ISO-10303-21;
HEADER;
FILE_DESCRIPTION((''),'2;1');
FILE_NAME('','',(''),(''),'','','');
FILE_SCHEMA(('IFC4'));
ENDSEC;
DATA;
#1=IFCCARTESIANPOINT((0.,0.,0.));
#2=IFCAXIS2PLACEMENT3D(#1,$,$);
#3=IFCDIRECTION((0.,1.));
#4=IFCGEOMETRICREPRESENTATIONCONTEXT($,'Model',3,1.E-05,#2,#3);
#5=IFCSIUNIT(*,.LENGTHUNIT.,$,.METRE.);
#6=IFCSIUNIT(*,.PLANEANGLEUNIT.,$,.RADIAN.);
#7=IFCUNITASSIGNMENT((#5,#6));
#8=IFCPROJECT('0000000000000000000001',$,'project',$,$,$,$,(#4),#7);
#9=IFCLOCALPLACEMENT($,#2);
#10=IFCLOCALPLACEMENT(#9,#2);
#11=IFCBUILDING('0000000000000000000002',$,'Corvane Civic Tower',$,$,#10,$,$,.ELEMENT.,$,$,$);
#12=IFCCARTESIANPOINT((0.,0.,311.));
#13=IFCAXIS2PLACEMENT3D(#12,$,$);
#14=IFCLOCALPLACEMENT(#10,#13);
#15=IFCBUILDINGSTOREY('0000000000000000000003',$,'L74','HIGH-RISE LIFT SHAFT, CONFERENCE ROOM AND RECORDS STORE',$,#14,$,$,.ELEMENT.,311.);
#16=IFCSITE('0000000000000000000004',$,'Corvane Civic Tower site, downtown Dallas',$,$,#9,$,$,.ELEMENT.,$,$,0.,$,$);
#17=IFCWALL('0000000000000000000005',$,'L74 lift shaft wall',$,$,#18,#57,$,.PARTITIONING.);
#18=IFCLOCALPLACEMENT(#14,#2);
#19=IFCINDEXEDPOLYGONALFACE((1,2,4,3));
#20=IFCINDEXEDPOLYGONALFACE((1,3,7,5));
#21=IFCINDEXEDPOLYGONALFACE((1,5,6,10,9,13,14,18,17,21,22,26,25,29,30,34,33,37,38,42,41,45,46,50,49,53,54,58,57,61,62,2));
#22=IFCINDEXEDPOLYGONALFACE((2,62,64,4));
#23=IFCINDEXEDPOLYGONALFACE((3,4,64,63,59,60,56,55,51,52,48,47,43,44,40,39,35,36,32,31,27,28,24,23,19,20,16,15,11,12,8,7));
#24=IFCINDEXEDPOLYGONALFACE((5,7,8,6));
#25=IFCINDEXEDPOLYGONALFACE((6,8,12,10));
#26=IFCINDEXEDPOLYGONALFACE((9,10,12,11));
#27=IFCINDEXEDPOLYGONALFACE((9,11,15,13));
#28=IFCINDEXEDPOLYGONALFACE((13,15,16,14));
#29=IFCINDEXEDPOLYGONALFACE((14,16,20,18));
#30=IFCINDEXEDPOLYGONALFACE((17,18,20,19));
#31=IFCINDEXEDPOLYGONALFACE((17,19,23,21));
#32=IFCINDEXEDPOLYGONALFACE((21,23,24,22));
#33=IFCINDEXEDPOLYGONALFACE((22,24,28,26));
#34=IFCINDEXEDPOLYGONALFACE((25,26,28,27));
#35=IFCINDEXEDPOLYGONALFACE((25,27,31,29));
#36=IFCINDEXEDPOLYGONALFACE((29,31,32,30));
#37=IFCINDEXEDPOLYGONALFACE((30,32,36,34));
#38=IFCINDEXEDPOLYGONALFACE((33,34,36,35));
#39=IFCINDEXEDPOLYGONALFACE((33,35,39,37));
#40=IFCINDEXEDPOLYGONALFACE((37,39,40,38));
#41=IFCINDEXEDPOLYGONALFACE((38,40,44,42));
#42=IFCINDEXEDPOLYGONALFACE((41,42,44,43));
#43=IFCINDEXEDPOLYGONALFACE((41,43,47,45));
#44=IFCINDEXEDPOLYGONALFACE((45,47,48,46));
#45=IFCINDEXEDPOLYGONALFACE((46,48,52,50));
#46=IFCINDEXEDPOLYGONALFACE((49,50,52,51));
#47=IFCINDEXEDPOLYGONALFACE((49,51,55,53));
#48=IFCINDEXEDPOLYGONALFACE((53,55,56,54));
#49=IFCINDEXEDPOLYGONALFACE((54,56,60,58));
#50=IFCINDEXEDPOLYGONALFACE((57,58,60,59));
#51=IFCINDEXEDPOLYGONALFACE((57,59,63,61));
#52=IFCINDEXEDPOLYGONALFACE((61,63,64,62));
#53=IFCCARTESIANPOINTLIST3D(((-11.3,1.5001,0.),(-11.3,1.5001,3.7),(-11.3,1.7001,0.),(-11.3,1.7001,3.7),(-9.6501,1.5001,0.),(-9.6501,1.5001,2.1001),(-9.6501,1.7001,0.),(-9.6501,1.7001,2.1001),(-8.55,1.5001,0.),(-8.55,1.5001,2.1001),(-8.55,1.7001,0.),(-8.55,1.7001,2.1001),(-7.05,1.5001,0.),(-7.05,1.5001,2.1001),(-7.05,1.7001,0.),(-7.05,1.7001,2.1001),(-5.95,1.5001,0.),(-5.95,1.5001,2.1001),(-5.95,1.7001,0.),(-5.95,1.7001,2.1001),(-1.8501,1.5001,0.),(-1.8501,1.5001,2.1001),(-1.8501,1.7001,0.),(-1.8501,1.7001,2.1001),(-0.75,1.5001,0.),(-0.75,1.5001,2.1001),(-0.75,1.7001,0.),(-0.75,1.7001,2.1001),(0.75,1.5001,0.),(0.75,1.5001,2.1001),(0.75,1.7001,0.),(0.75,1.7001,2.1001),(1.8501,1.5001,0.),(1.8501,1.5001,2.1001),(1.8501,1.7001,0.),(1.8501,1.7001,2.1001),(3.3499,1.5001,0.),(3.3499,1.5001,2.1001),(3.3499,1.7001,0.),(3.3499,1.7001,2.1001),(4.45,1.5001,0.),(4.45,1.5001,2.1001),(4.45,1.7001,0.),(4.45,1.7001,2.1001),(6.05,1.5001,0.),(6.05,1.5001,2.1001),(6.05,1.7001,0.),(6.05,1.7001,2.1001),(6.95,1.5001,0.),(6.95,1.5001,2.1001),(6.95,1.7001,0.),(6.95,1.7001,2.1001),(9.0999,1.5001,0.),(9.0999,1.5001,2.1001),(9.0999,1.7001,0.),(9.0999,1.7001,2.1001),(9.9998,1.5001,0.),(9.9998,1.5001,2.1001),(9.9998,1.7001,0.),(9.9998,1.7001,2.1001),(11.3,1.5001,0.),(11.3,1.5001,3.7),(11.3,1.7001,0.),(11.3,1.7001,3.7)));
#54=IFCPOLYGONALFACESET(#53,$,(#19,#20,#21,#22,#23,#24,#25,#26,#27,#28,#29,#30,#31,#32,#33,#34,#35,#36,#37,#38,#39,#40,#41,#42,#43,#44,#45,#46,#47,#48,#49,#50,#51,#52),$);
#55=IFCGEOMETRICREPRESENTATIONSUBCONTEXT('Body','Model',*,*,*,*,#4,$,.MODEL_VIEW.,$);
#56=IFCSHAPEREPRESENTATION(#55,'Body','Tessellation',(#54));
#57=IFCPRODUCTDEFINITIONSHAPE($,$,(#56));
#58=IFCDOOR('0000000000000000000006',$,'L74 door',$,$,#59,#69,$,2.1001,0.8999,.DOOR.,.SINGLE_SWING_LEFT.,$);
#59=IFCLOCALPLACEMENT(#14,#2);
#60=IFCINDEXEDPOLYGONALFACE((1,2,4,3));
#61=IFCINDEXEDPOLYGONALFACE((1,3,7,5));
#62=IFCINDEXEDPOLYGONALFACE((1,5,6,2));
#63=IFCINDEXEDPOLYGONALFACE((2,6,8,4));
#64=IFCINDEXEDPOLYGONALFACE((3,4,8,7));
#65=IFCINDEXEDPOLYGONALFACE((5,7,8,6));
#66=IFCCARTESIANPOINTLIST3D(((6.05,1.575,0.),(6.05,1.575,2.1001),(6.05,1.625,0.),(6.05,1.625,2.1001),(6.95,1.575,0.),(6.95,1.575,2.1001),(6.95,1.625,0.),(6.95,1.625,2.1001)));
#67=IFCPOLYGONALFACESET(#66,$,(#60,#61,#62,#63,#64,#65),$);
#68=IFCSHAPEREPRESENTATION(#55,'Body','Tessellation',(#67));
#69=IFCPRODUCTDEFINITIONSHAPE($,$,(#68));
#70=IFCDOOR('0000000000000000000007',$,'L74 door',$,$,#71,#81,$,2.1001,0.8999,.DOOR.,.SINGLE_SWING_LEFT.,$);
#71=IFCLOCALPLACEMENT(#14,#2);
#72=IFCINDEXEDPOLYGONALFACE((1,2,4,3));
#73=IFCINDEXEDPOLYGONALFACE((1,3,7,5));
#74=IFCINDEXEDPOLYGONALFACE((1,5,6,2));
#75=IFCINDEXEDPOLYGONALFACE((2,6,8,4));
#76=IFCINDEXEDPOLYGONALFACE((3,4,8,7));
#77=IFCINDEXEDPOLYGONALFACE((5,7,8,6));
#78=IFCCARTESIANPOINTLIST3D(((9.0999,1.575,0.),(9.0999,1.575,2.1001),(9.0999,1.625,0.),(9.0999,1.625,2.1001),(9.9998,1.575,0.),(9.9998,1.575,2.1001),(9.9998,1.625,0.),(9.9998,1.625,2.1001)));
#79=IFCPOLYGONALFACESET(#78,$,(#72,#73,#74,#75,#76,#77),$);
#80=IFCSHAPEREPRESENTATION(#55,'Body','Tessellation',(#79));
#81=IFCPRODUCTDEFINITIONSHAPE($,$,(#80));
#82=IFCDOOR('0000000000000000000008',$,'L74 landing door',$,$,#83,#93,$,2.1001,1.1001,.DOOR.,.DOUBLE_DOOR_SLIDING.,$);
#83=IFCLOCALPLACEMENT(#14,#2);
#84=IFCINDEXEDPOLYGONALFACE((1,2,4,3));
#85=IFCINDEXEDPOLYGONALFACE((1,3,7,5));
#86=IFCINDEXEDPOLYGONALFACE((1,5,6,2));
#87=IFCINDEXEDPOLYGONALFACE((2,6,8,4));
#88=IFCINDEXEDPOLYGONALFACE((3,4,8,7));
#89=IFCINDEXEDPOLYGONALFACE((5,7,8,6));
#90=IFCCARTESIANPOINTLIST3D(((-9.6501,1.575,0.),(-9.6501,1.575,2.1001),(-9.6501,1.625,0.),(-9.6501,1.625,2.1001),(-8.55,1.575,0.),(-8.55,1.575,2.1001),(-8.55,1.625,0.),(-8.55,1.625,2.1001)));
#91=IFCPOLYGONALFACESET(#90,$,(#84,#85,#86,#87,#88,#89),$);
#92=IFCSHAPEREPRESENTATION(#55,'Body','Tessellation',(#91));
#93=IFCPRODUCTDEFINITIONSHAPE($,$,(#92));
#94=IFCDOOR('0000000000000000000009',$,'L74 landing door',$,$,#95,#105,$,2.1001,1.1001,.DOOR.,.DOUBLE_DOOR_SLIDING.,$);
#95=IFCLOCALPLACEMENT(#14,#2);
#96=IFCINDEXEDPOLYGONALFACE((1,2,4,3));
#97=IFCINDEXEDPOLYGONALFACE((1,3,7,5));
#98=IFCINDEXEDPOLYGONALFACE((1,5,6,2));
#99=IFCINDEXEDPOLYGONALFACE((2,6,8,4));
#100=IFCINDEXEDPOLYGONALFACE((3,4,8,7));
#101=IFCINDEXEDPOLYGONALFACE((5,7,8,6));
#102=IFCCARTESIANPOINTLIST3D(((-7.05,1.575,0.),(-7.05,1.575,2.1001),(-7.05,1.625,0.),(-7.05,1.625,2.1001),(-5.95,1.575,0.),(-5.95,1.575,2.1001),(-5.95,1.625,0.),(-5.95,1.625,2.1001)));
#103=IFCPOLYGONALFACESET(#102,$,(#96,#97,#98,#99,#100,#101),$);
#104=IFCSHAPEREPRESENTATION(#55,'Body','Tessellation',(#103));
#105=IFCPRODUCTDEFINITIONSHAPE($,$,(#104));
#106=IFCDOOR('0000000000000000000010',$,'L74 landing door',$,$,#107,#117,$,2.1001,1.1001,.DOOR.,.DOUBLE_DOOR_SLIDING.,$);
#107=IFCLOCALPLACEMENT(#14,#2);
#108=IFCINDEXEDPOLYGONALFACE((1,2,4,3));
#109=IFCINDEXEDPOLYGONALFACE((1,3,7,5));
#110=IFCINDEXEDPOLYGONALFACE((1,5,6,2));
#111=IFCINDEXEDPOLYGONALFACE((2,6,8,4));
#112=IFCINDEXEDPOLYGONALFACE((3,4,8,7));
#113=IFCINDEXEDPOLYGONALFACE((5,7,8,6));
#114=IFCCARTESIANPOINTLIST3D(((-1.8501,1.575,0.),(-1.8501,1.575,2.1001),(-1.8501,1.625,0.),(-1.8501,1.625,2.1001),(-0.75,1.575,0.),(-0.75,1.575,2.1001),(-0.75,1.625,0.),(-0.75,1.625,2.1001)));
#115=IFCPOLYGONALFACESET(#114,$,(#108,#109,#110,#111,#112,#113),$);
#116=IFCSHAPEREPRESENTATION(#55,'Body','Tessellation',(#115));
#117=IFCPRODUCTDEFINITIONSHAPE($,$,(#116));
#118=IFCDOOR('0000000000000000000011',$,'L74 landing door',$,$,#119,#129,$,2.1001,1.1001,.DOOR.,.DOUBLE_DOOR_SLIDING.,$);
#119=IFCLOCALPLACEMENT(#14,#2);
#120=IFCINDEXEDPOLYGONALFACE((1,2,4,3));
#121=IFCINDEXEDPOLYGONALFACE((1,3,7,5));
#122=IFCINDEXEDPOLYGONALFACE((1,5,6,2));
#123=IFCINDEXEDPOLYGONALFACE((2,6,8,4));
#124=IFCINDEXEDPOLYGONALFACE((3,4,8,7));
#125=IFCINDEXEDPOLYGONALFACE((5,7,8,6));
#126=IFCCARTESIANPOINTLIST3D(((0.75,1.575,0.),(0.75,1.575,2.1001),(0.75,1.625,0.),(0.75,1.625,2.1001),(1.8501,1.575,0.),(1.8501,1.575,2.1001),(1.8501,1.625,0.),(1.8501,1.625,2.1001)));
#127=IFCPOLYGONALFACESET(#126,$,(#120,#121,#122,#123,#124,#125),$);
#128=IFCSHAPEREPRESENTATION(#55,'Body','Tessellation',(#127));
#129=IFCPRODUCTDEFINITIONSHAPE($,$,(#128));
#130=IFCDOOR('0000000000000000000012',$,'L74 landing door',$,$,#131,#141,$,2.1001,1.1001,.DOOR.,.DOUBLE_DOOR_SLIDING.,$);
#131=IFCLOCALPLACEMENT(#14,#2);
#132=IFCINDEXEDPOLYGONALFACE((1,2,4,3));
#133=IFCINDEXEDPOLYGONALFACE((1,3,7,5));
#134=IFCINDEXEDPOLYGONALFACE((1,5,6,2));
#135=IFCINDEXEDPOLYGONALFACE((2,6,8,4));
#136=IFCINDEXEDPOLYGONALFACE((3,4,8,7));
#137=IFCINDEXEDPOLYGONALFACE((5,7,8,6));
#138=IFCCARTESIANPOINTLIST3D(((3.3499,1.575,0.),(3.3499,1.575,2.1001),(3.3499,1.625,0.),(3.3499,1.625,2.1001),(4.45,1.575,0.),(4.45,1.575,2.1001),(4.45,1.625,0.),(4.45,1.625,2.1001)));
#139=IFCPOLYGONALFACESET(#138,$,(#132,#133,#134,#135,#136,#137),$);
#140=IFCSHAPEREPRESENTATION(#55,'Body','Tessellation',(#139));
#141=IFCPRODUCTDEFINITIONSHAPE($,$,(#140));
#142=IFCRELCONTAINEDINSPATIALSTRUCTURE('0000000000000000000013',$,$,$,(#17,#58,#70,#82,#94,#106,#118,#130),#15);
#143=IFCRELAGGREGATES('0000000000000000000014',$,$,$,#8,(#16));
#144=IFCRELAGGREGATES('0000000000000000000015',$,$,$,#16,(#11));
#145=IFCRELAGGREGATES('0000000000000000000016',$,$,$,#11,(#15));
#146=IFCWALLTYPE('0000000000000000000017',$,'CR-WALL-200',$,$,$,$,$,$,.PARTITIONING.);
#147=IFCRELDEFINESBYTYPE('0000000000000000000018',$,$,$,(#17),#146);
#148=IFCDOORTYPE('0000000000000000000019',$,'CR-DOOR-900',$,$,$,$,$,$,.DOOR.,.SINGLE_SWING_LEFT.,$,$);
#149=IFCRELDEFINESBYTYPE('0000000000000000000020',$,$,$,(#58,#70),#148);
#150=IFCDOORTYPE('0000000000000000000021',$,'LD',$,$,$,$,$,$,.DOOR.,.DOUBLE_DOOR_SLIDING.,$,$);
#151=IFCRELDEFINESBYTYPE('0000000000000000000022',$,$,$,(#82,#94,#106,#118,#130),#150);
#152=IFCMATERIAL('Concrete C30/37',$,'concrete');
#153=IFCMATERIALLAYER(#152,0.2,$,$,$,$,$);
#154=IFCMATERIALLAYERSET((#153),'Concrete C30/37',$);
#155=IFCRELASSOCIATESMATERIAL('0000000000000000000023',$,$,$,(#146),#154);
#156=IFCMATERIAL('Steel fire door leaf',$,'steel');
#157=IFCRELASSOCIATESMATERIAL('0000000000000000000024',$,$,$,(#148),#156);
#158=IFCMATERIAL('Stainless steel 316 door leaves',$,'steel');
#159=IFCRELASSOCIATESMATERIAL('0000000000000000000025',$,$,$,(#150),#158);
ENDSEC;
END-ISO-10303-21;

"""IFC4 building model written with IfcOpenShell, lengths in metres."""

from ifc_helpers import new_model, si_unit, direction, frame, frame_2d, origin, place, context, subcontext, project, spatial, rectangle, extrude, material, layer, layer_set, type_object, element, fill, save


model = new_model("IFC4")

# Units and contexts
model_context = context("Model", 3, precision=1e-05, world=origin(), true_north=direction((0.0, 1.0)))
body_context = subcontext(model_context, "Body", "Model", "MODEL_VIEW")
ifc_project = project(units=[si_unit("LENGTHUNIT", "METRE"), si_unit("PLANEANGLEUNIT", "RADIAN")], contexts=[model_context])

# Site, building, storey
site_placement = place(None, origin())
site = spatial("IfcSite", under=ifc_project, at=site_placement, Name="Corvane Civic Tower site, downtown Dallas", CompositionType="ELEMENT", RefElevation=0.0)
building_placement = place(site_placement, origin())
building = spatial("IfcBuilding", under=site, at=building_placement, Name="Corvane Civic Tower", CompositionType="ELEMENT")
storey_placement = place(building_placement, frame((0.0, 0.0, 311.0)))
storey = spatial("IfcBuildingStorey", under=building, at=storey_placement, Name="L74", Description="HIGH-RISE LIFT SHAFT, CONFERENCE ROOM AND RECORDS STORE", CompositionType="ELEMENT", Elevation=311.0)

# Wall, openings, doors
ifc_material_1 = material(Name="Concrete C30/37", Category="concrete")
ifc_layer_1 = layer(ifc_material_1, 0.2)
ifc_layer_set_1 = layer_set([ifc_layer_1], Name="Concrete C30/37")
wall_type_1 = type_object("IfcWallType", Name="CR-WALL-200", PredefinedType="PARTITIONING", material=ifc_layer_set_1)
wall_1_placement = place(storey_placement, frame((-11.3, 1.6001, 0.0), z_axis=(0.0, 0.0, 1.0), x_axis=(1.0, 0.0, 0.0)))
wall_1 = element("IfcWall", 1, at=wall_1_placement, inside=storey, type_object=wall_type_1, Name="L74 lift shaft wall", PredefinedType="PARTITIONING", context=body_context, shape_type="SweptSolid", body=[
    extrude(rectangle(XDim=22.6001, YDim=0.2, at=frame_2d((11.3, 0.0))), origin(), (0.0, 0.0, 1.0), 3.7),
])
opening_1_placement = place(wall_1_placement, frame((1.6499, 0.0, 0.0)))
opening_1 = element("IfcOpeningElement", 2, at=opening_1_placement, cuts=wall_1, PredefinedType="OPENING", context=body_context, shape_type="SweptSolid", body=[
    extrude(rectangle(XDim=1.1001, YDim=2.1001, at=frame_2d((0.55, 1.05))), frame((0.0, 0.1099, 0.0), z_axis=(0.0, -1.0, 0.0), x_axis=(1.0, 0.0, 0.0)), (0.0, 0.0, 1.0), 0.22),
])
opening_2_placement = place(wall_1_placement, frame((4.25, 0.0, 0.0)))
opening_2 = element("IfcOpeningElement", 3, at=opening_2_placement, cuts=wall_1, PredefinedType="OPENING", context=body_context, shape_type="SweptSolid", body=[
    extrude(rectangle(XDim=1.1001, YDim=2.1001, at=frame_2d((0.55, 1.05))), frame((0.0, 0.1099, 0.0), z_axis=(0.0, -1.0, 0.0), x_axis=(1.0, 0.0, 0.0)), (0.0, 0.0, 1.0), 0.22),
])
opening_3_placement = place(wall_1_placement, frame((9.45, 0.0, 0.0)))
opening_3 = element("IfcOpeningElement", 4, at=opening_3_placement, cuts=wall_1, PredefinedType="OPENING", context=body_context, shape_type="SweptSolid", body=[
    extrude(rectangle(XDim=1.1001, YDim=2.1001, at=frame_2d((0.55, 1.05))), frame((0.0, 0.1099, 0.0), z_axis=(0.0, -1.0, 0.0), x_axis=(1.0, 0.0, 0.0)), (0.0, 0.0, 1.0), 0.22),
])
opening_4_placement = place(wall_1_placement, frame((12.05, 0.0, 0.0)))
opening_4 = element("IfcOpeningElement", 5, at=opening_4_placement, cuts=wall_1, PredefinedType="OPENING", context=body_context, shape_type="SweptSolid", body=[
    extrude(rectangle(XDim=1.1001, YDim=2.1001, at=frame_2d((0.55, 1.05))), frame((0.0, 0.1099, 0.0), z_axis=(0.0, -1.0, 0.0), x_axis=(1.0, 0.0, 0.0)), (0.0, 0.0, 1.0), 0.22),
])
opening_5_placement = place(wall_1_placement, frame((14.6499, 0.0, 0.0)))
opening_5 = element("IfcOpeningElement", 6, at=opening_5_placement, cuts=wall_1, PredefinedType="OPENING", context=body_context, shape_type="SweptSolid", body=[
    extrude(rectangle(XDim=1.1001, YDim=2.1001, at=frame_2d((0.55, 1.05))), frame((0.0, 0.1099, 0.0), z_axis=(0.0, -1.0, 0.0), x_axis=(1.0, 0.0, 0.0)), (0.0, 0.0, 1.0), 0.22),
])
opening_6_placement = place(wall_1_placement, frame((17.3501, 0.0, 0.0)))
opening_6 = element("IfcOpeningElement", 7, at=opening_6_placement, cuts=wall_1, PredefinedType="OPENING", context=body_context, shape_type="SweptSolid", body=[
    extrude(rectangle(XDim=0.8999, YDim=2.1001, at=frame_2d((0.45, 1.05))), frame((0.0, 0.1099, 0.0), z_axis=(0.0, -1.0, 0.0), x_axis=(1.0, 0.0, 0.0)), (0.0, 0.0, 1.0), 0.22),
])
opening_7_placement = place(wall_1_placement, frame((20.3999, 0.0, 0.0)))
opening_7 = element("IfcOpeningElement", 8, at=opening_7_placement, cuts=wall_1, PredefinedType="OPENING", context=body_context, shape_type="SweptSolid", body=[
    extrude(rectangle(XDim=0.8999, YDim=2.1001, at=frame_2d((0.45, 1.05))), frame((0.0, 0.1099, 0.0), z_axis=(0.0, -1.0, 0.0), x_axis=(1.0, 0.0, 0.0)), (0.0, 0.0, 1.0), 0.22),
])
ifc_material_2 = material(Name="Steel fire door leaf", Category="steel")
door_type_1 = type_object("IfcDoorType", Name="CR-DOOR-900", OperationType="SINGLE_SWING_LEFT", PredefinedType="DOOR", material=ifc_material_2)
door_1_placement = place(opening_6_placement, origin())
door_1 = element("IfcDoor", 9, at=door_1_placement, inside=storey, type_object=door_type_1, Name="L74 door", OperationType="SINGLE_SWING_LEFT", OverallHeight=2.1001, OverallWidth=0.8999, PredefinedType="DOOR", context=body_context, shape_type="SweptSolid", body=[
    extrude(rectangle(XDim=0.8999, YDim=2.1001, at=frame_2d((0.45, 1.05))), frame((0.0, 0.0249, 0.0), z_axis=(0.0, -1.0, 0.0), x_axis=(1.0, 0.0, 0.0)), (0.0, 0.0, 1.0), 0.05),
])
fill(opening_6, door_1)
door_2_placement = place(opening_7_placement, origin())
door_2 = element("IfcDoor", 10, at=door_2_placement, inside=storey, type_object=door_type_1, Name="L74 door", OperationType="SINGLE_SWING_LEFT", OverallHeight=2.1001, OverallWidth=0.8999, PredefinedType="DOOR", context=body_context, shape_type="SweptSolid", body=[
    extrude(rectangle(XDim=0.8999, YDim=2.1001, at=frame_2d((0.45, 1.05))), frame((0.0, 0.0249, 0.0), z_axis=(0.0, -1.0, 0.0), x_axis=(1.0, 0.0, 0.0)), (0.0, 0.0, 1.0), 0.05),
])
fill(opening_7, door_2)
ifc_material_3 = material(Name="Stainless steel 316 door leaves", Category="steel")
door_type_2 = type_object("IfcDoorType", Name="LD", OperationType="DOUBLE_DOOR_SLIDING", PredefinedType="DOOR", material=ifc_material_3)
door_3_placement = place(opening_1_placement, origin())
door_3 = element("IfcDoor", 11, at=door_3_placement, inside=storey, type_object=door_type_2, Name="L74 landing door", OperationType="DOUBLE_DOOR_SLIDING", OverallHeight=2.1001, OverallWidth=1.1001, PredefinedType="DOOR", context=body_context, shape_type="SweptSolid", body=[
    extrude(rectangle(XDim=1.1001, YDim=2.1001, at=frame_2d((0.55, 1.05))), frame((0.0, 0.0249, 0.0), z_axis=(0.0, -1.0, 0.0), x_axis=(1.0, 0.0, 0.0)), (0.0, 0.0, 1.0), 0.05),
])
fill(opening_1, door_3)
door_4_placement = place(opening_2_placement, origin())
door_4 = element("IfcDoor", 12, at=door_4_placement, inside=storey, type_object=door_type_2, Name="L74 landing door", OperationType="DOUBLE_DOOR_SLIDING", OverallHeight=2.1001, OverallWidth=1.1001, PredefinedType="DOOR", context=body_context, shape_type="SweptSolid", body=[
    extrude(rectangle(XDim=1.1001, YDim=2.1001, at=frame_2d((0.55, 1.05))), frame((0.0, 0.0249, 0.0), z_axis=(0.0, -1.0, 0.0), x_axis=(1.0, 0.0, 0.0)), (0.0, 0.0, 1.0), 0.05),
])
fill(opening_2, door_4)
door_5_placement = place(opening_3_placement, origin())
door_5 = element("IfcDoor", 13, at=door_5_placement, inside=storey, type_object=door_type_2, Name="L74 landing door", OperationType="DOUBLE_DOOR_SLIDING", OverallHeight=2.1001, OverallWidth=1.1001, PredefinedType="DOOR", context=body_context, shape_type="SweptSolid", body=[
    extrude(rectangle(XDim=1.1001, YDim=2.1001, at=frame_2d((0.55, 1.05))), frame((0.0, 0.0249, 0.0), z_axis=(0.0, -1.0, 0.0), x_axis=(1.0, 0.0, 0.0)), (0.0, 0.0, 1.0), 0.05),
])
fill(opening_3, door_5)
door_6_placement = place(opening_4_placement, origin())
door_6 = element("IfcDoor", 14, at=door_6_placement, inside=storey, type_object=door_type_2, Name="L74 landing door", OperationType="DOUBLE_DOOR_SLIDING", OverallHeight=2.1001, OverallWidth=1.1001, PredefinedType="DOOR", context=body_context, shape_type="SweptSolid", body=[
    extrude(rectangle(XDim=1.1001, YDim=2.1001, at=frame_2d((0.55, 1.05))), frame((0.0, 0.0249, 0.0), z_axis=(0.0, -1.0, 0.0), x_axis=(1.0, 0.0, 0.0)), (0.0, 0.0, 1.0), 0.05),
])
fill(opening_4, door_6)
door_7_placement = place(opening_5_placement, origin())
door_7 = element("IfcDoor", 15, at=door_7_placement, inside=storey, type_object=door_type_2, Name="L74 landing door", OperationType="DOUBLE_DOOR_SLIDING", OverallHeight=2.1001, OverallWidth=1.1001, PredefinedType="DOOR", context=body_context, shape_type="SweptSolid", body=[
    extrude(rectangle(XDim=1.1001, YDim=2.1001, at=frame_2d((0.55, 1.05))), frame((0.0, 0.0249, 0.0), z_axis=(0.0, -1.0, 0.0), x_axis=(1.0, 0.0, 0.0)), (0.0, 0.0, 1.0), 0.05),
])
fill(opening_5, door_7)

save(model, "model.ifc")
